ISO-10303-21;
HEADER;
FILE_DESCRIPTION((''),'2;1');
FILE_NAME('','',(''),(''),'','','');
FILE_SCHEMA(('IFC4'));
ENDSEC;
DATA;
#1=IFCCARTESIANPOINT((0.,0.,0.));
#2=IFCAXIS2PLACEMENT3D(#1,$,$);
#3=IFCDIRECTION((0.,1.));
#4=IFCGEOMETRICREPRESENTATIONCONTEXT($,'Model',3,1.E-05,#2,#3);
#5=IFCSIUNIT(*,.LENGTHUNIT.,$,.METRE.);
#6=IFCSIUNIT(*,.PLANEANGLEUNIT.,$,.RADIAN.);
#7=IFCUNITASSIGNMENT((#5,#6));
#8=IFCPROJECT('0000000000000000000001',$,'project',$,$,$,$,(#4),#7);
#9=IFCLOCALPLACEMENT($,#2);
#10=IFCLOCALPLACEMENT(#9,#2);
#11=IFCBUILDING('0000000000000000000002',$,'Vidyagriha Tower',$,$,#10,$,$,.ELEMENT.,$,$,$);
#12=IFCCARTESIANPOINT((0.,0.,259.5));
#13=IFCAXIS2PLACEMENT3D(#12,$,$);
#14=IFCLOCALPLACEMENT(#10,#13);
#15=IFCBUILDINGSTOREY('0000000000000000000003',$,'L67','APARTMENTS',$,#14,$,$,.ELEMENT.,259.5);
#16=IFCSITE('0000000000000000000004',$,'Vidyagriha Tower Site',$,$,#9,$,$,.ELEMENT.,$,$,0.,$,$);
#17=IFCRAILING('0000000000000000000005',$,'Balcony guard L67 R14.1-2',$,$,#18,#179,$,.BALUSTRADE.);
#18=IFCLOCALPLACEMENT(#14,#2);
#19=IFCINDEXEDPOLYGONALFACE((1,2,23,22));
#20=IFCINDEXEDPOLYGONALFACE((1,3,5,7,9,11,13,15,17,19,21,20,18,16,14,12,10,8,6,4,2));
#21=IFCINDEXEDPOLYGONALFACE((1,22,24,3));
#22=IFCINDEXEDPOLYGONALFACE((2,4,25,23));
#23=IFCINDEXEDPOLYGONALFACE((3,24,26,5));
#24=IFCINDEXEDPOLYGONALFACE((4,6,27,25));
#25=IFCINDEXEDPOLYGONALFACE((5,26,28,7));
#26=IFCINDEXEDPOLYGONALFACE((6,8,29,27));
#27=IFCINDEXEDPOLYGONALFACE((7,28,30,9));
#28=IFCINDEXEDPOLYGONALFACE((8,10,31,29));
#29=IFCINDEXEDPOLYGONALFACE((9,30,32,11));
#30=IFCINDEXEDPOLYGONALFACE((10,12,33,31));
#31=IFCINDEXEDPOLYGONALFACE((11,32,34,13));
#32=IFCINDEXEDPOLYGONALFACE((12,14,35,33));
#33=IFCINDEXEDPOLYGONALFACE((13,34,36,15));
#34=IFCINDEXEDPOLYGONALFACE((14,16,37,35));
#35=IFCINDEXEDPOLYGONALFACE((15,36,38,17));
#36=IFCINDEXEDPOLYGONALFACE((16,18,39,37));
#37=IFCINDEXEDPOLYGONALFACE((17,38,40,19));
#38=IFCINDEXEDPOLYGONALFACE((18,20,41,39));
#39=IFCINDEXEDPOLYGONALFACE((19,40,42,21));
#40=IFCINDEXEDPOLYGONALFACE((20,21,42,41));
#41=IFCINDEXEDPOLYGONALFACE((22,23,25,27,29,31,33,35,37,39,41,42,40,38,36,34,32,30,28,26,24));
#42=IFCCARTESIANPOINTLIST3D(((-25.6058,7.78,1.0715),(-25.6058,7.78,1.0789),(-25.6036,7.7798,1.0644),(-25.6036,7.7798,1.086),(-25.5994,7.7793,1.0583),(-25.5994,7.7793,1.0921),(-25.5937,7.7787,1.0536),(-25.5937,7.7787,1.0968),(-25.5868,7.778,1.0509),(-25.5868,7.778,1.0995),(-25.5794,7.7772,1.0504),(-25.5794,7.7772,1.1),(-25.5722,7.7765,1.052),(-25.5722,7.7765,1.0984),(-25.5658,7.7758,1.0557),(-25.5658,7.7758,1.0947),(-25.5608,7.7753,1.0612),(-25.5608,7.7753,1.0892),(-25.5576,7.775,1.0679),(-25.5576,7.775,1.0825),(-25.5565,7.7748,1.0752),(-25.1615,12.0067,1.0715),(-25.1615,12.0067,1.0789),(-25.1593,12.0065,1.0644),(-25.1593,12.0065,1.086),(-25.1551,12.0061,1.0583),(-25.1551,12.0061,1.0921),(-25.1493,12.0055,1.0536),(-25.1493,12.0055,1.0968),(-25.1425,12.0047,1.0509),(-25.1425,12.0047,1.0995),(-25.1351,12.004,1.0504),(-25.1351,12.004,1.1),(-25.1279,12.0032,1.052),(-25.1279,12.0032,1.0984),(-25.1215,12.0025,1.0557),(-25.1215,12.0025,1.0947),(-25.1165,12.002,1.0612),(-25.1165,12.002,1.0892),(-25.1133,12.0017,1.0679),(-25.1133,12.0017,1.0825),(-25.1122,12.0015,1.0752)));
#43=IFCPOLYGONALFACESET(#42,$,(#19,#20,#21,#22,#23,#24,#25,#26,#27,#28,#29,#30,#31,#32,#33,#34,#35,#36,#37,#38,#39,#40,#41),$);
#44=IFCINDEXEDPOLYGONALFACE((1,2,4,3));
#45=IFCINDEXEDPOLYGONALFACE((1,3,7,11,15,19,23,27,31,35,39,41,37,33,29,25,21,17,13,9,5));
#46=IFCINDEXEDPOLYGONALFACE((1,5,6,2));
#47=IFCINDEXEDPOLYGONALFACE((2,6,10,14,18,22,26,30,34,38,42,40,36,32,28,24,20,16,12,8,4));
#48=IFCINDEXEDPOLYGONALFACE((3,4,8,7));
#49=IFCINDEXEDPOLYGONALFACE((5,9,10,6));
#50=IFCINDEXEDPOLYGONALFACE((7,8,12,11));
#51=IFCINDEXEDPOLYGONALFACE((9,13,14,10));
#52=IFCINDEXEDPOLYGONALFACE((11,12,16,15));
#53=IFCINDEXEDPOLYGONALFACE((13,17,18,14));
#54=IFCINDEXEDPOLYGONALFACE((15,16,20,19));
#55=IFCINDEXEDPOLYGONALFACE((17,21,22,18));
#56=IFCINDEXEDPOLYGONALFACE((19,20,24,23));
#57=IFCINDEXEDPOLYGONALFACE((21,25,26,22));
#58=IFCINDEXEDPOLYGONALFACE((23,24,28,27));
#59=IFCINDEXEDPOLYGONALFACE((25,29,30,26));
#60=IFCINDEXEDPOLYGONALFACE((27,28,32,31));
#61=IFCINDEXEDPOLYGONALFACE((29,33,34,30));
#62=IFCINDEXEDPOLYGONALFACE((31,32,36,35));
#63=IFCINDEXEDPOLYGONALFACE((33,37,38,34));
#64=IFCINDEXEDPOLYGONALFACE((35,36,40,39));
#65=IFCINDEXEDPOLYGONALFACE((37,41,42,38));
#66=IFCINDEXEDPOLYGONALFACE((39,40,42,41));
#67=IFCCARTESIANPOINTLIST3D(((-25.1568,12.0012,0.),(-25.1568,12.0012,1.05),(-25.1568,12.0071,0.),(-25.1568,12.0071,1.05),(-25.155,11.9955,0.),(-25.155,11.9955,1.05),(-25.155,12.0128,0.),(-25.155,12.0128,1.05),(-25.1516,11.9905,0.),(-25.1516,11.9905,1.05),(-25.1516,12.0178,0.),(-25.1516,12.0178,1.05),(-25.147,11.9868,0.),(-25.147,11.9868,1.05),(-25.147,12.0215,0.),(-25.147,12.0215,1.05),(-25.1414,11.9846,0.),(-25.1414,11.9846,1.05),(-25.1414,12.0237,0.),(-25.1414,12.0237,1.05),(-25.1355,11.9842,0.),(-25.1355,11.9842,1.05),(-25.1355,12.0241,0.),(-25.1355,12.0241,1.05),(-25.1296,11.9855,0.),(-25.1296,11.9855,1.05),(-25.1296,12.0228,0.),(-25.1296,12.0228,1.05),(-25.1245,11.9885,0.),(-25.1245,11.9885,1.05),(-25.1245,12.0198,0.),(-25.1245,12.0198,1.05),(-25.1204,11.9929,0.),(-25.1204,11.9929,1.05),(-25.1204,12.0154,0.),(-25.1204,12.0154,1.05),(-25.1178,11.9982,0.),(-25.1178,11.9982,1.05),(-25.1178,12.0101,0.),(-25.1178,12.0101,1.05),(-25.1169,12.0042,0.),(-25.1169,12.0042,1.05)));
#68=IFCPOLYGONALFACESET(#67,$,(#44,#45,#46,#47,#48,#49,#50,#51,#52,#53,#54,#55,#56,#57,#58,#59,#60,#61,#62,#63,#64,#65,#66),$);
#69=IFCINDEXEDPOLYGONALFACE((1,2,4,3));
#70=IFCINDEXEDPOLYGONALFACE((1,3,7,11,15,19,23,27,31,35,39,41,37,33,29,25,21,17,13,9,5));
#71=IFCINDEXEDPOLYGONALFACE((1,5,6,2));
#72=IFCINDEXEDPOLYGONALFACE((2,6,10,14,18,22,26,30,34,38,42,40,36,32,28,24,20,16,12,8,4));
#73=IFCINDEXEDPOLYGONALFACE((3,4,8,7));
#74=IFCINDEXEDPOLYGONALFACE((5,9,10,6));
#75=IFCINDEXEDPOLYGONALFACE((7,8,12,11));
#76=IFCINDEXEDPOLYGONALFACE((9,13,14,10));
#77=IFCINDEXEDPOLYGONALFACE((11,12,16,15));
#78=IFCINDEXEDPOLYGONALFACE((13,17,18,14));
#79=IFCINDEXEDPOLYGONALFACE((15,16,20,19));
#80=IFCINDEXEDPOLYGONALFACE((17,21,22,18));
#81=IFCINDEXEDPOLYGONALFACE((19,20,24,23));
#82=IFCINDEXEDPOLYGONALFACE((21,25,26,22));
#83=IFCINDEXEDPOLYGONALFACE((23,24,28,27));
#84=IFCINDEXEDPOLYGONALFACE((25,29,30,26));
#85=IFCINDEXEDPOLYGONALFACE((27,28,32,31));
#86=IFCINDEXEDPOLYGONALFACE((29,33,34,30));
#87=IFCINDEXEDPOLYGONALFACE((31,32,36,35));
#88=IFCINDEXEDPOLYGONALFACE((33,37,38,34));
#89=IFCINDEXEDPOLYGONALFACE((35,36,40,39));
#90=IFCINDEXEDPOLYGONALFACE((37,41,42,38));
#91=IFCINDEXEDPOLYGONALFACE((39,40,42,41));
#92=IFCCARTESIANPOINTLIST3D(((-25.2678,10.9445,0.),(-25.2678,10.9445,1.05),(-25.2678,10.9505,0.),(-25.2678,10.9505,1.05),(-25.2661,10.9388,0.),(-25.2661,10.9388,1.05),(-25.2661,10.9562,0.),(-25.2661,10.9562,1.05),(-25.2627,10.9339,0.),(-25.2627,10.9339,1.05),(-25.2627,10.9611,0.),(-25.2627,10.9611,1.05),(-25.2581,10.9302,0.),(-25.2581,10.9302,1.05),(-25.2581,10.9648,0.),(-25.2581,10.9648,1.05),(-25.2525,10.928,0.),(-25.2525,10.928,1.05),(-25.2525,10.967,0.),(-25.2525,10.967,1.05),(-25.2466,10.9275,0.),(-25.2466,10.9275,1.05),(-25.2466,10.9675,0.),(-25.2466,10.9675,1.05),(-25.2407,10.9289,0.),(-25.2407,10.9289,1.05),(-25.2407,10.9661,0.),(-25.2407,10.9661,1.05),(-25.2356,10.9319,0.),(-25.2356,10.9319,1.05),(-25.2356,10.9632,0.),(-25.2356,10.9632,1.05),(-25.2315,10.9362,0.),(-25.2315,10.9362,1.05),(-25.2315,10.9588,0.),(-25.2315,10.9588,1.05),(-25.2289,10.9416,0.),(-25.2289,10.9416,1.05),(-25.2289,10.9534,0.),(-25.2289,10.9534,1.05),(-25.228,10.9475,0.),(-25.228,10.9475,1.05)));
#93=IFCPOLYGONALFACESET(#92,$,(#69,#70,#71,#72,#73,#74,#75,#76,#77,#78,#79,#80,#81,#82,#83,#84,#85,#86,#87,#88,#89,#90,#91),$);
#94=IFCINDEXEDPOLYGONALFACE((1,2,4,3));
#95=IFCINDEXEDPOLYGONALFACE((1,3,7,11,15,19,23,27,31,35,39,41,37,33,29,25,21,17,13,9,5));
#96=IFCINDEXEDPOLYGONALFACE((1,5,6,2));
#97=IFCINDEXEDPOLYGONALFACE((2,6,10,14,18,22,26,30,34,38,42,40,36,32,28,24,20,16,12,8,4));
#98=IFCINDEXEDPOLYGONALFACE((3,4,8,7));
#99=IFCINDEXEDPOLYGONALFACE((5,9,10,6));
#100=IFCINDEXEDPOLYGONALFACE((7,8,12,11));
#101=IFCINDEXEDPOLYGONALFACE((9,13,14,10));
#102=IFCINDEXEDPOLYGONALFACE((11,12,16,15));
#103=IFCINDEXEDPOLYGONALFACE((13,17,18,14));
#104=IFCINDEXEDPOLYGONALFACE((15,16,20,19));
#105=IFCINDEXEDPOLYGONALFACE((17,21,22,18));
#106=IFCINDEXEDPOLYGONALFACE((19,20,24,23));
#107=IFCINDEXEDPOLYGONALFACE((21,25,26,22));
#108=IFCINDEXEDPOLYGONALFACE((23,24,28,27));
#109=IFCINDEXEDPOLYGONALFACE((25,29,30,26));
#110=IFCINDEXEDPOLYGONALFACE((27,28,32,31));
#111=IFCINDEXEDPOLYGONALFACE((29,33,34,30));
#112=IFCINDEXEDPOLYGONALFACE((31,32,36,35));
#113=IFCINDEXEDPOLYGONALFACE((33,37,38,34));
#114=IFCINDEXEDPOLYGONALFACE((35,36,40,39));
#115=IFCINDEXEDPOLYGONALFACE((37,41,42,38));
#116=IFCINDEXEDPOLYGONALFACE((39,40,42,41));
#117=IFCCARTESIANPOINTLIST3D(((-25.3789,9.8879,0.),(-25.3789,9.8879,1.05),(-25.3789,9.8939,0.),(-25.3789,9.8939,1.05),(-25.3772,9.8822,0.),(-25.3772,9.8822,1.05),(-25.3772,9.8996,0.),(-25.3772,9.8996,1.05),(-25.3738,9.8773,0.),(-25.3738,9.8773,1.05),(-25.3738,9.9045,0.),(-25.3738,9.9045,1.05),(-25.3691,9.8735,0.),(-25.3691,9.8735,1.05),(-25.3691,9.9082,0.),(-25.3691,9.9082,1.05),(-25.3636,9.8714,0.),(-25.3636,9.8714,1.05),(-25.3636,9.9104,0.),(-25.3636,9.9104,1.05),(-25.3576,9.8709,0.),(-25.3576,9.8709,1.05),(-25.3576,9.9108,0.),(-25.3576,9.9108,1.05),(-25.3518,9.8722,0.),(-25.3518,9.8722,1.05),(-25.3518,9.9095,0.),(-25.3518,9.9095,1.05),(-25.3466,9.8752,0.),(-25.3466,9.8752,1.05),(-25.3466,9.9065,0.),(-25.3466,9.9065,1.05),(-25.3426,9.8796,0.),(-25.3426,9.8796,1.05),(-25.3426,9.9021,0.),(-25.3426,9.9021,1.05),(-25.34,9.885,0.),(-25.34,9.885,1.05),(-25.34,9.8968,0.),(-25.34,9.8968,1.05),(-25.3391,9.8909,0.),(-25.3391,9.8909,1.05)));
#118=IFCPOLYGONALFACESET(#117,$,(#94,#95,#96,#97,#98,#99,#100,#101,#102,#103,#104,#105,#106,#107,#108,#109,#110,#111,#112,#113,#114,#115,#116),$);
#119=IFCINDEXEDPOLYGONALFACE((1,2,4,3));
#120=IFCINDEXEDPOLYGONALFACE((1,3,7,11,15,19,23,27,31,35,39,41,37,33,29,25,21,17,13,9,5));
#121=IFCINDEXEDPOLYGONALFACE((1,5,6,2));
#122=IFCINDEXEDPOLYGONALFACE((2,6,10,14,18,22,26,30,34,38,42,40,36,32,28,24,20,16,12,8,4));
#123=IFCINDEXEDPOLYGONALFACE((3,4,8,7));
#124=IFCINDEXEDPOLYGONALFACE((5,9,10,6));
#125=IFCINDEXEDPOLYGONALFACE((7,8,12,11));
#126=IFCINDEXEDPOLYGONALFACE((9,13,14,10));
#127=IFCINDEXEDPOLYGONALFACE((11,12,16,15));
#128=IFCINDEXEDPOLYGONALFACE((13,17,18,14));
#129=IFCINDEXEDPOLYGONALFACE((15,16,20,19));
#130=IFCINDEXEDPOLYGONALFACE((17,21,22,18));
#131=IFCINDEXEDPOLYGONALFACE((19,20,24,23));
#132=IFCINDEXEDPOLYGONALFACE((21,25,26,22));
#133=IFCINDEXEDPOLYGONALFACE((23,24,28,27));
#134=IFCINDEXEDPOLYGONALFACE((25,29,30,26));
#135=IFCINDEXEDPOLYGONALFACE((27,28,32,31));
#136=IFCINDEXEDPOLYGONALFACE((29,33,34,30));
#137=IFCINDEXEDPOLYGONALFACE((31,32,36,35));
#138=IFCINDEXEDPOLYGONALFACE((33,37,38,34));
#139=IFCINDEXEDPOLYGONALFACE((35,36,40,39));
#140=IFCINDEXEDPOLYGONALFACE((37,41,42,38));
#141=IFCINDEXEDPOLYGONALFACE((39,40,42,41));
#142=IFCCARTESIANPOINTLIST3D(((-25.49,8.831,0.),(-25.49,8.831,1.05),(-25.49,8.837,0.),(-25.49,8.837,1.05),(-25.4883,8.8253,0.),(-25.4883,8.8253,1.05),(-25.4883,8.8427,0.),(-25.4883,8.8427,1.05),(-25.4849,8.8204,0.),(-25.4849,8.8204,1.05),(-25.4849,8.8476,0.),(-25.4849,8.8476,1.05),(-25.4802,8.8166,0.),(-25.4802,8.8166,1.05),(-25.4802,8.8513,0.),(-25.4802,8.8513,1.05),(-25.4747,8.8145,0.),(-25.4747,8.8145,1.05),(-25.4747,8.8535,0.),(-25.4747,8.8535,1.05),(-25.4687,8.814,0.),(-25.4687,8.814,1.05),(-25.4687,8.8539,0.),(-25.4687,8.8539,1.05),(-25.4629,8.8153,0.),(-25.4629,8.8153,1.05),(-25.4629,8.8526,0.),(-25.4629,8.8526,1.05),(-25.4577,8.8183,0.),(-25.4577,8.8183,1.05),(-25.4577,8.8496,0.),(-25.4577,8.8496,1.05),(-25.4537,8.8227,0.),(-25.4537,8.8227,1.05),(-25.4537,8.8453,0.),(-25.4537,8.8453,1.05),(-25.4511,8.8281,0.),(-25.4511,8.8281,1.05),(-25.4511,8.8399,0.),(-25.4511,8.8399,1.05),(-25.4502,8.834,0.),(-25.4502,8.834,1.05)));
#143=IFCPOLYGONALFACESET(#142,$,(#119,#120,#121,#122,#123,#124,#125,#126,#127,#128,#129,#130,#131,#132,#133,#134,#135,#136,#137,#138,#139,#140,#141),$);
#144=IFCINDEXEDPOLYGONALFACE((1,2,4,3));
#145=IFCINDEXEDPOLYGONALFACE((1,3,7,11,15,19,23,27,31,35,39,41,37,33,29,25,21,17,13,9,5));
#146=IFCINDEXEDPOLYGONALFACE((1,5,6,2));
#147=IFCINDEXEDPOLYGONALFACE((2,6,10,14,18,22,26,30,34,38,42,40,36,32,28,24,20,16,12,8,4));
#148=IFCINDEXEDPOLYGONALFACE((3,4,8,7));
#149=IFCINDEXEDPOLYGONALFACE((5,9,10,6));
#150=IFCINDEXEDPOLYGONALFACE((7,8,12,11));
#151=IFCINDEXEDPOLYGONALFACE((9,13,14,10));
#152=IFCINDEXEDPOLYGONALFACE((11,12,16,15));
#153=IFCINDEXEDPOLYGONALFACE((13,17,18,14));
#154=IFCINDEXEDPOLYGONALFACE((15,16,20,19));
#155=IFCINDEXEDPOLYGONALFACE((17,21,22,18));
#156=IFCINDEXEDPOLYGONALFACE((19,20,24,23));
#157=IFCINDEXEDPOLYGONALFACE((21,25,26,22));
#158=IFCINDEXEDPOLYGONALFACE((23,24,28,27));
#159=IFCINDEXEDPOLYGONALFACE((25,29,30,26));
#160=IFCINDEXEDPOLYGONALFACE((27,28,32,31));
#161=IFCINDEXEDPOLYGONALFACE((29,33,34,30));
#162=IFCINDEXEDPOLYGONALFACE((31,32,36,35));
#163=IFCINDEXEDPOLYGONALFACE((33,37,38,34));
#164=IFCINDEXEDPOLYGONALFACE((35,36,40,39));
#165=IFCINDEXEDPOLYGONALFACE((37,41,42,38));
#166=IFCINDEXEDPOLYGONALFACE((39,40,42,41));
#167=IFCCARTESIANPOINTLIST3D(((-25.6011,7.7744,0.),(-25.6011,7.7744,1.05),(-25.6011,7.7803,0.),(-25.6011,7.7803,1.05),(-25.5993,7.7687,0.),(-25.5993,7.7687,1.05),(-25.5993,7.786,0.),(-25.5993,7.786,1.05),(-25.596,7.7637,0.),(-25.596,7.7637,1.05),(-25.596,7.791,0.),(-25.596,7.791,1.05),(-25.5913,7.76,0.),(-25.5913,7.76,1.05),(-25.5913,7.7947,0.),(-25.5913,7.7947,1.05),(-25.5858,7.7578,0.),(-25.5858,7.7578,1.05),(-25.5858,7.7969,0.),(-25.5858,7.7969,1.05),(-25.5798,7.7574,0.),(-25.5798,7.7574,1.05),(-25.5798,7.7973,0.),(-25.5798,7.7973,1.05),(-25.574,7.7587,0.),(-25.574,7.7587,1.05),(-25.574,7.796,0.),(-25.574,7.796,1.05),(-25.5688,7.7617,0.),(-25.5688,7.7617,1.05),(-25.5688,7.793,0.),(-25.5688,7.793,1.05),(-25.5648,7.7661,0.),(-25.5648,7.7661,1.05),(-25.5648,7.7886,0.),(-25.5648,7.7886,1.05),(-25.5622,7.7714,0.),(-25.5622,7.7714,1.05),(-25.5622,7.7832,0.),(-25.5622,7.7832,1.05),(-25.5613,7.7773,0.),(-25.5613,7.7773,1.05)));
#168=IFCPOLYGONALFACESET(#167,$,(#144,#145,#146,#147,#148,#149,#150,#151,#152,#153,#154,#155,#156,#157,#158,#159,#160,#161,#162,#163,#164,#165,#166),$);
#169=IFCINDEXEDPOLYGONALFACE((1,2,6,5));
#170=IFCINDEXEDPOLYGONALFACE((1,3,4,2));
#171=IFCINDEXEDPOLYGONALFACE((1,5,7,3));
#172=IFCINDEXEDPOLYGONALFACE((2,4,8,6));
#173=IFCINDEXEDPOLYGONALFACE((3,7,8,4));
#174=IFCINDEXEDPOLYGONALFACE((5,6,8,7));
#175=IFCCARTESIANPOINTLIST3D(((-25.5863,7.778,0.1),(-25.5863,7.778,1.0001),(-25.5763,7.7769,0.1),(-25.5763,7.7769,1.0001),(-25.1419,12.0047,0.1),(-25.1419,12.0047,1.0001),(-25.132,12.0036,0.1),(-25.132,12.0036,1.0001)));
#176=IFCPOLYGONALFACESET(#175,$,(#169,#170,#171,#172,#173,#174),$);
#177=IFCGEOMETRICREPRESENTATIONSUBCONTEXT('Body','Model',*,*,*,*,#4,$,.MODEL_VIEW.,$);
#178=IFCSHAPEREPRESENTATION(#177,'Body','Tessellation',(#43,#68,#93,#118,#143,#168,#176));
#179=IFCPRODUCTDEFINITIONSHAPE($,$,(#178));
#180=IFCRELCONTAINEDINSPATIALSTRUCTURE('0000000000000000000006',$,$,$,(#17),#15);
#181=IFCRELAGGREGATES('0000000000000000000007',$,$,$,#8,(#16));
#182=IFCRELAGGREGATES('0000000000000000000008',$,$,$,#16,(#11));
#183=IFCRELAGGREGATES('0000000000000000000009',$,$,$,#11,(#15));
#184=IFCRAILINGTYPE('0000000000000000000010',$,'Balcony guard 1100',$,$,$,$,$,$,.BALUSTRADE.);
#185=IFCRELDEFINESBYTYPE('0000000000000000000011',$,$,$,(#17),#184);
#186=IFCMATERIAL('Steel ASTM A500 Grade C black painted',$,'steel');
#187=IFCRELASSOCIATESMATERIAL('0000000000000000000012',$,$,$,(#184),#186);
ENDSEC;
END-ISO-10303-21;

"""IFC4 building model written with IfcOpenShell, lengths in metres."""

from ifc_helpers import new_model, si_unit, direction, frame, origin, origin_2d, place, context, subcontext, project, spatial, rectangle, circle, extrude, material, type_object, element, save


model = new_model("IFC4")

# Units and contexts
model_context = context("Model", 3, precision=1e-05, world=origin(), true_north=direction((0.0, 1.0)))
body_context = subcontext(model_context, "Body", "Model", "MODEL_VIEW")
ifc_project = project(units=[si_unit("LENGTHUNIT", "METRE"), si_unit("PLANEANGLEUNIT", "RADIAN")], contexts=[model_context])

# Site, building, storey
site_placement = place(None, origin())
site = spatial("IfcSite", under=ifc_project, at=site_placement, Name="Vidyagriha Tower Site", CompositionType="ELEMENT", RefElevation=0.0)
building_placement = place(site_placement, origin())
building = spatial("IfcBuilding", under=site, at=building_placement, Name="Vidyagriha Tower", CompositionType="ELEMENT")
storey_placement = place(building_placement, frame((0.0, 0.0, 259.5)))
storey = spatial("IfcBuildingStorey", under=building, at=storey_placement, Name="L67", Description="APARTMENTS", CompositionType="ELEMENT", Elevation=259.5)

# Railing
ifc_material_1 = material(Name="Steel ASTM A500 Grade C black painted", Category="steel")
railing_type_1 = type_object("IfcRailingType", Name="Balcony guard 1100", PredefinedType="BALUSTRADE", material=ifc_material_1)
railing_1_placement = place(storey_placement, frame((-25.137, 12.0042, 0.0)))
element("IfcRailing", 1, at=railing_1_placement, inside=storey, type_object=railing_type_1, Name="Balcony guard L67 R14.1-2", PredefinedType="BALUSTRADE", context=body_context, shape_type="SweptSolid", body=[
    extrude(circle(Radius=0.0249, at=origin_2d()), frame((0.0, 0.0, 1.0752), z_axis=(-0.104547, -0.99452, 0.0), x_axis=(0.99452, -0.104547, 0.0)), (0.0, 0.0, 1.0), 4.25),
    extrude(circle(Radius=0.02, at=origin_2d()), origin(), (0.0, 0.0, 1.0), 1.05),
    extrude(circle(Radius=0.02, at=origin_2d()), frame((-0.1111, -1.0566, 0.0)), (0.0, 0.0, 1.0), 1.05),
    extrude(circle(Radius=0.02, at=origin_2d()), frame((-0.2222, -2.1133, 0.0)), (0.0, 0.0, 1.0), 1.05),
    extrude(circle(Radius=0.02, at=origin_2d()), frame((-0.3333, -3.1702, 0.0)), (0.0, 0.0, 1.0), 1.05),
    extrude(circle(Radius=0.02, at=origin_2d()), frame((-0.4443, -4.2268, 0.0)), (0.0, 0.0, 1.0), 1.05),
    extrude(rectangle(XDim=0.01, YDim=0.9001, at=origin_2d()), frame((0.0, 0.0, 0.55), z_axis=(-0.104547, -0.99452, 0.0), x_axis=(0.99452, -0.104547, 0.0)), (0.0, 0.0, 1.0), 4.25),
])

save(model, "model.ifc")
